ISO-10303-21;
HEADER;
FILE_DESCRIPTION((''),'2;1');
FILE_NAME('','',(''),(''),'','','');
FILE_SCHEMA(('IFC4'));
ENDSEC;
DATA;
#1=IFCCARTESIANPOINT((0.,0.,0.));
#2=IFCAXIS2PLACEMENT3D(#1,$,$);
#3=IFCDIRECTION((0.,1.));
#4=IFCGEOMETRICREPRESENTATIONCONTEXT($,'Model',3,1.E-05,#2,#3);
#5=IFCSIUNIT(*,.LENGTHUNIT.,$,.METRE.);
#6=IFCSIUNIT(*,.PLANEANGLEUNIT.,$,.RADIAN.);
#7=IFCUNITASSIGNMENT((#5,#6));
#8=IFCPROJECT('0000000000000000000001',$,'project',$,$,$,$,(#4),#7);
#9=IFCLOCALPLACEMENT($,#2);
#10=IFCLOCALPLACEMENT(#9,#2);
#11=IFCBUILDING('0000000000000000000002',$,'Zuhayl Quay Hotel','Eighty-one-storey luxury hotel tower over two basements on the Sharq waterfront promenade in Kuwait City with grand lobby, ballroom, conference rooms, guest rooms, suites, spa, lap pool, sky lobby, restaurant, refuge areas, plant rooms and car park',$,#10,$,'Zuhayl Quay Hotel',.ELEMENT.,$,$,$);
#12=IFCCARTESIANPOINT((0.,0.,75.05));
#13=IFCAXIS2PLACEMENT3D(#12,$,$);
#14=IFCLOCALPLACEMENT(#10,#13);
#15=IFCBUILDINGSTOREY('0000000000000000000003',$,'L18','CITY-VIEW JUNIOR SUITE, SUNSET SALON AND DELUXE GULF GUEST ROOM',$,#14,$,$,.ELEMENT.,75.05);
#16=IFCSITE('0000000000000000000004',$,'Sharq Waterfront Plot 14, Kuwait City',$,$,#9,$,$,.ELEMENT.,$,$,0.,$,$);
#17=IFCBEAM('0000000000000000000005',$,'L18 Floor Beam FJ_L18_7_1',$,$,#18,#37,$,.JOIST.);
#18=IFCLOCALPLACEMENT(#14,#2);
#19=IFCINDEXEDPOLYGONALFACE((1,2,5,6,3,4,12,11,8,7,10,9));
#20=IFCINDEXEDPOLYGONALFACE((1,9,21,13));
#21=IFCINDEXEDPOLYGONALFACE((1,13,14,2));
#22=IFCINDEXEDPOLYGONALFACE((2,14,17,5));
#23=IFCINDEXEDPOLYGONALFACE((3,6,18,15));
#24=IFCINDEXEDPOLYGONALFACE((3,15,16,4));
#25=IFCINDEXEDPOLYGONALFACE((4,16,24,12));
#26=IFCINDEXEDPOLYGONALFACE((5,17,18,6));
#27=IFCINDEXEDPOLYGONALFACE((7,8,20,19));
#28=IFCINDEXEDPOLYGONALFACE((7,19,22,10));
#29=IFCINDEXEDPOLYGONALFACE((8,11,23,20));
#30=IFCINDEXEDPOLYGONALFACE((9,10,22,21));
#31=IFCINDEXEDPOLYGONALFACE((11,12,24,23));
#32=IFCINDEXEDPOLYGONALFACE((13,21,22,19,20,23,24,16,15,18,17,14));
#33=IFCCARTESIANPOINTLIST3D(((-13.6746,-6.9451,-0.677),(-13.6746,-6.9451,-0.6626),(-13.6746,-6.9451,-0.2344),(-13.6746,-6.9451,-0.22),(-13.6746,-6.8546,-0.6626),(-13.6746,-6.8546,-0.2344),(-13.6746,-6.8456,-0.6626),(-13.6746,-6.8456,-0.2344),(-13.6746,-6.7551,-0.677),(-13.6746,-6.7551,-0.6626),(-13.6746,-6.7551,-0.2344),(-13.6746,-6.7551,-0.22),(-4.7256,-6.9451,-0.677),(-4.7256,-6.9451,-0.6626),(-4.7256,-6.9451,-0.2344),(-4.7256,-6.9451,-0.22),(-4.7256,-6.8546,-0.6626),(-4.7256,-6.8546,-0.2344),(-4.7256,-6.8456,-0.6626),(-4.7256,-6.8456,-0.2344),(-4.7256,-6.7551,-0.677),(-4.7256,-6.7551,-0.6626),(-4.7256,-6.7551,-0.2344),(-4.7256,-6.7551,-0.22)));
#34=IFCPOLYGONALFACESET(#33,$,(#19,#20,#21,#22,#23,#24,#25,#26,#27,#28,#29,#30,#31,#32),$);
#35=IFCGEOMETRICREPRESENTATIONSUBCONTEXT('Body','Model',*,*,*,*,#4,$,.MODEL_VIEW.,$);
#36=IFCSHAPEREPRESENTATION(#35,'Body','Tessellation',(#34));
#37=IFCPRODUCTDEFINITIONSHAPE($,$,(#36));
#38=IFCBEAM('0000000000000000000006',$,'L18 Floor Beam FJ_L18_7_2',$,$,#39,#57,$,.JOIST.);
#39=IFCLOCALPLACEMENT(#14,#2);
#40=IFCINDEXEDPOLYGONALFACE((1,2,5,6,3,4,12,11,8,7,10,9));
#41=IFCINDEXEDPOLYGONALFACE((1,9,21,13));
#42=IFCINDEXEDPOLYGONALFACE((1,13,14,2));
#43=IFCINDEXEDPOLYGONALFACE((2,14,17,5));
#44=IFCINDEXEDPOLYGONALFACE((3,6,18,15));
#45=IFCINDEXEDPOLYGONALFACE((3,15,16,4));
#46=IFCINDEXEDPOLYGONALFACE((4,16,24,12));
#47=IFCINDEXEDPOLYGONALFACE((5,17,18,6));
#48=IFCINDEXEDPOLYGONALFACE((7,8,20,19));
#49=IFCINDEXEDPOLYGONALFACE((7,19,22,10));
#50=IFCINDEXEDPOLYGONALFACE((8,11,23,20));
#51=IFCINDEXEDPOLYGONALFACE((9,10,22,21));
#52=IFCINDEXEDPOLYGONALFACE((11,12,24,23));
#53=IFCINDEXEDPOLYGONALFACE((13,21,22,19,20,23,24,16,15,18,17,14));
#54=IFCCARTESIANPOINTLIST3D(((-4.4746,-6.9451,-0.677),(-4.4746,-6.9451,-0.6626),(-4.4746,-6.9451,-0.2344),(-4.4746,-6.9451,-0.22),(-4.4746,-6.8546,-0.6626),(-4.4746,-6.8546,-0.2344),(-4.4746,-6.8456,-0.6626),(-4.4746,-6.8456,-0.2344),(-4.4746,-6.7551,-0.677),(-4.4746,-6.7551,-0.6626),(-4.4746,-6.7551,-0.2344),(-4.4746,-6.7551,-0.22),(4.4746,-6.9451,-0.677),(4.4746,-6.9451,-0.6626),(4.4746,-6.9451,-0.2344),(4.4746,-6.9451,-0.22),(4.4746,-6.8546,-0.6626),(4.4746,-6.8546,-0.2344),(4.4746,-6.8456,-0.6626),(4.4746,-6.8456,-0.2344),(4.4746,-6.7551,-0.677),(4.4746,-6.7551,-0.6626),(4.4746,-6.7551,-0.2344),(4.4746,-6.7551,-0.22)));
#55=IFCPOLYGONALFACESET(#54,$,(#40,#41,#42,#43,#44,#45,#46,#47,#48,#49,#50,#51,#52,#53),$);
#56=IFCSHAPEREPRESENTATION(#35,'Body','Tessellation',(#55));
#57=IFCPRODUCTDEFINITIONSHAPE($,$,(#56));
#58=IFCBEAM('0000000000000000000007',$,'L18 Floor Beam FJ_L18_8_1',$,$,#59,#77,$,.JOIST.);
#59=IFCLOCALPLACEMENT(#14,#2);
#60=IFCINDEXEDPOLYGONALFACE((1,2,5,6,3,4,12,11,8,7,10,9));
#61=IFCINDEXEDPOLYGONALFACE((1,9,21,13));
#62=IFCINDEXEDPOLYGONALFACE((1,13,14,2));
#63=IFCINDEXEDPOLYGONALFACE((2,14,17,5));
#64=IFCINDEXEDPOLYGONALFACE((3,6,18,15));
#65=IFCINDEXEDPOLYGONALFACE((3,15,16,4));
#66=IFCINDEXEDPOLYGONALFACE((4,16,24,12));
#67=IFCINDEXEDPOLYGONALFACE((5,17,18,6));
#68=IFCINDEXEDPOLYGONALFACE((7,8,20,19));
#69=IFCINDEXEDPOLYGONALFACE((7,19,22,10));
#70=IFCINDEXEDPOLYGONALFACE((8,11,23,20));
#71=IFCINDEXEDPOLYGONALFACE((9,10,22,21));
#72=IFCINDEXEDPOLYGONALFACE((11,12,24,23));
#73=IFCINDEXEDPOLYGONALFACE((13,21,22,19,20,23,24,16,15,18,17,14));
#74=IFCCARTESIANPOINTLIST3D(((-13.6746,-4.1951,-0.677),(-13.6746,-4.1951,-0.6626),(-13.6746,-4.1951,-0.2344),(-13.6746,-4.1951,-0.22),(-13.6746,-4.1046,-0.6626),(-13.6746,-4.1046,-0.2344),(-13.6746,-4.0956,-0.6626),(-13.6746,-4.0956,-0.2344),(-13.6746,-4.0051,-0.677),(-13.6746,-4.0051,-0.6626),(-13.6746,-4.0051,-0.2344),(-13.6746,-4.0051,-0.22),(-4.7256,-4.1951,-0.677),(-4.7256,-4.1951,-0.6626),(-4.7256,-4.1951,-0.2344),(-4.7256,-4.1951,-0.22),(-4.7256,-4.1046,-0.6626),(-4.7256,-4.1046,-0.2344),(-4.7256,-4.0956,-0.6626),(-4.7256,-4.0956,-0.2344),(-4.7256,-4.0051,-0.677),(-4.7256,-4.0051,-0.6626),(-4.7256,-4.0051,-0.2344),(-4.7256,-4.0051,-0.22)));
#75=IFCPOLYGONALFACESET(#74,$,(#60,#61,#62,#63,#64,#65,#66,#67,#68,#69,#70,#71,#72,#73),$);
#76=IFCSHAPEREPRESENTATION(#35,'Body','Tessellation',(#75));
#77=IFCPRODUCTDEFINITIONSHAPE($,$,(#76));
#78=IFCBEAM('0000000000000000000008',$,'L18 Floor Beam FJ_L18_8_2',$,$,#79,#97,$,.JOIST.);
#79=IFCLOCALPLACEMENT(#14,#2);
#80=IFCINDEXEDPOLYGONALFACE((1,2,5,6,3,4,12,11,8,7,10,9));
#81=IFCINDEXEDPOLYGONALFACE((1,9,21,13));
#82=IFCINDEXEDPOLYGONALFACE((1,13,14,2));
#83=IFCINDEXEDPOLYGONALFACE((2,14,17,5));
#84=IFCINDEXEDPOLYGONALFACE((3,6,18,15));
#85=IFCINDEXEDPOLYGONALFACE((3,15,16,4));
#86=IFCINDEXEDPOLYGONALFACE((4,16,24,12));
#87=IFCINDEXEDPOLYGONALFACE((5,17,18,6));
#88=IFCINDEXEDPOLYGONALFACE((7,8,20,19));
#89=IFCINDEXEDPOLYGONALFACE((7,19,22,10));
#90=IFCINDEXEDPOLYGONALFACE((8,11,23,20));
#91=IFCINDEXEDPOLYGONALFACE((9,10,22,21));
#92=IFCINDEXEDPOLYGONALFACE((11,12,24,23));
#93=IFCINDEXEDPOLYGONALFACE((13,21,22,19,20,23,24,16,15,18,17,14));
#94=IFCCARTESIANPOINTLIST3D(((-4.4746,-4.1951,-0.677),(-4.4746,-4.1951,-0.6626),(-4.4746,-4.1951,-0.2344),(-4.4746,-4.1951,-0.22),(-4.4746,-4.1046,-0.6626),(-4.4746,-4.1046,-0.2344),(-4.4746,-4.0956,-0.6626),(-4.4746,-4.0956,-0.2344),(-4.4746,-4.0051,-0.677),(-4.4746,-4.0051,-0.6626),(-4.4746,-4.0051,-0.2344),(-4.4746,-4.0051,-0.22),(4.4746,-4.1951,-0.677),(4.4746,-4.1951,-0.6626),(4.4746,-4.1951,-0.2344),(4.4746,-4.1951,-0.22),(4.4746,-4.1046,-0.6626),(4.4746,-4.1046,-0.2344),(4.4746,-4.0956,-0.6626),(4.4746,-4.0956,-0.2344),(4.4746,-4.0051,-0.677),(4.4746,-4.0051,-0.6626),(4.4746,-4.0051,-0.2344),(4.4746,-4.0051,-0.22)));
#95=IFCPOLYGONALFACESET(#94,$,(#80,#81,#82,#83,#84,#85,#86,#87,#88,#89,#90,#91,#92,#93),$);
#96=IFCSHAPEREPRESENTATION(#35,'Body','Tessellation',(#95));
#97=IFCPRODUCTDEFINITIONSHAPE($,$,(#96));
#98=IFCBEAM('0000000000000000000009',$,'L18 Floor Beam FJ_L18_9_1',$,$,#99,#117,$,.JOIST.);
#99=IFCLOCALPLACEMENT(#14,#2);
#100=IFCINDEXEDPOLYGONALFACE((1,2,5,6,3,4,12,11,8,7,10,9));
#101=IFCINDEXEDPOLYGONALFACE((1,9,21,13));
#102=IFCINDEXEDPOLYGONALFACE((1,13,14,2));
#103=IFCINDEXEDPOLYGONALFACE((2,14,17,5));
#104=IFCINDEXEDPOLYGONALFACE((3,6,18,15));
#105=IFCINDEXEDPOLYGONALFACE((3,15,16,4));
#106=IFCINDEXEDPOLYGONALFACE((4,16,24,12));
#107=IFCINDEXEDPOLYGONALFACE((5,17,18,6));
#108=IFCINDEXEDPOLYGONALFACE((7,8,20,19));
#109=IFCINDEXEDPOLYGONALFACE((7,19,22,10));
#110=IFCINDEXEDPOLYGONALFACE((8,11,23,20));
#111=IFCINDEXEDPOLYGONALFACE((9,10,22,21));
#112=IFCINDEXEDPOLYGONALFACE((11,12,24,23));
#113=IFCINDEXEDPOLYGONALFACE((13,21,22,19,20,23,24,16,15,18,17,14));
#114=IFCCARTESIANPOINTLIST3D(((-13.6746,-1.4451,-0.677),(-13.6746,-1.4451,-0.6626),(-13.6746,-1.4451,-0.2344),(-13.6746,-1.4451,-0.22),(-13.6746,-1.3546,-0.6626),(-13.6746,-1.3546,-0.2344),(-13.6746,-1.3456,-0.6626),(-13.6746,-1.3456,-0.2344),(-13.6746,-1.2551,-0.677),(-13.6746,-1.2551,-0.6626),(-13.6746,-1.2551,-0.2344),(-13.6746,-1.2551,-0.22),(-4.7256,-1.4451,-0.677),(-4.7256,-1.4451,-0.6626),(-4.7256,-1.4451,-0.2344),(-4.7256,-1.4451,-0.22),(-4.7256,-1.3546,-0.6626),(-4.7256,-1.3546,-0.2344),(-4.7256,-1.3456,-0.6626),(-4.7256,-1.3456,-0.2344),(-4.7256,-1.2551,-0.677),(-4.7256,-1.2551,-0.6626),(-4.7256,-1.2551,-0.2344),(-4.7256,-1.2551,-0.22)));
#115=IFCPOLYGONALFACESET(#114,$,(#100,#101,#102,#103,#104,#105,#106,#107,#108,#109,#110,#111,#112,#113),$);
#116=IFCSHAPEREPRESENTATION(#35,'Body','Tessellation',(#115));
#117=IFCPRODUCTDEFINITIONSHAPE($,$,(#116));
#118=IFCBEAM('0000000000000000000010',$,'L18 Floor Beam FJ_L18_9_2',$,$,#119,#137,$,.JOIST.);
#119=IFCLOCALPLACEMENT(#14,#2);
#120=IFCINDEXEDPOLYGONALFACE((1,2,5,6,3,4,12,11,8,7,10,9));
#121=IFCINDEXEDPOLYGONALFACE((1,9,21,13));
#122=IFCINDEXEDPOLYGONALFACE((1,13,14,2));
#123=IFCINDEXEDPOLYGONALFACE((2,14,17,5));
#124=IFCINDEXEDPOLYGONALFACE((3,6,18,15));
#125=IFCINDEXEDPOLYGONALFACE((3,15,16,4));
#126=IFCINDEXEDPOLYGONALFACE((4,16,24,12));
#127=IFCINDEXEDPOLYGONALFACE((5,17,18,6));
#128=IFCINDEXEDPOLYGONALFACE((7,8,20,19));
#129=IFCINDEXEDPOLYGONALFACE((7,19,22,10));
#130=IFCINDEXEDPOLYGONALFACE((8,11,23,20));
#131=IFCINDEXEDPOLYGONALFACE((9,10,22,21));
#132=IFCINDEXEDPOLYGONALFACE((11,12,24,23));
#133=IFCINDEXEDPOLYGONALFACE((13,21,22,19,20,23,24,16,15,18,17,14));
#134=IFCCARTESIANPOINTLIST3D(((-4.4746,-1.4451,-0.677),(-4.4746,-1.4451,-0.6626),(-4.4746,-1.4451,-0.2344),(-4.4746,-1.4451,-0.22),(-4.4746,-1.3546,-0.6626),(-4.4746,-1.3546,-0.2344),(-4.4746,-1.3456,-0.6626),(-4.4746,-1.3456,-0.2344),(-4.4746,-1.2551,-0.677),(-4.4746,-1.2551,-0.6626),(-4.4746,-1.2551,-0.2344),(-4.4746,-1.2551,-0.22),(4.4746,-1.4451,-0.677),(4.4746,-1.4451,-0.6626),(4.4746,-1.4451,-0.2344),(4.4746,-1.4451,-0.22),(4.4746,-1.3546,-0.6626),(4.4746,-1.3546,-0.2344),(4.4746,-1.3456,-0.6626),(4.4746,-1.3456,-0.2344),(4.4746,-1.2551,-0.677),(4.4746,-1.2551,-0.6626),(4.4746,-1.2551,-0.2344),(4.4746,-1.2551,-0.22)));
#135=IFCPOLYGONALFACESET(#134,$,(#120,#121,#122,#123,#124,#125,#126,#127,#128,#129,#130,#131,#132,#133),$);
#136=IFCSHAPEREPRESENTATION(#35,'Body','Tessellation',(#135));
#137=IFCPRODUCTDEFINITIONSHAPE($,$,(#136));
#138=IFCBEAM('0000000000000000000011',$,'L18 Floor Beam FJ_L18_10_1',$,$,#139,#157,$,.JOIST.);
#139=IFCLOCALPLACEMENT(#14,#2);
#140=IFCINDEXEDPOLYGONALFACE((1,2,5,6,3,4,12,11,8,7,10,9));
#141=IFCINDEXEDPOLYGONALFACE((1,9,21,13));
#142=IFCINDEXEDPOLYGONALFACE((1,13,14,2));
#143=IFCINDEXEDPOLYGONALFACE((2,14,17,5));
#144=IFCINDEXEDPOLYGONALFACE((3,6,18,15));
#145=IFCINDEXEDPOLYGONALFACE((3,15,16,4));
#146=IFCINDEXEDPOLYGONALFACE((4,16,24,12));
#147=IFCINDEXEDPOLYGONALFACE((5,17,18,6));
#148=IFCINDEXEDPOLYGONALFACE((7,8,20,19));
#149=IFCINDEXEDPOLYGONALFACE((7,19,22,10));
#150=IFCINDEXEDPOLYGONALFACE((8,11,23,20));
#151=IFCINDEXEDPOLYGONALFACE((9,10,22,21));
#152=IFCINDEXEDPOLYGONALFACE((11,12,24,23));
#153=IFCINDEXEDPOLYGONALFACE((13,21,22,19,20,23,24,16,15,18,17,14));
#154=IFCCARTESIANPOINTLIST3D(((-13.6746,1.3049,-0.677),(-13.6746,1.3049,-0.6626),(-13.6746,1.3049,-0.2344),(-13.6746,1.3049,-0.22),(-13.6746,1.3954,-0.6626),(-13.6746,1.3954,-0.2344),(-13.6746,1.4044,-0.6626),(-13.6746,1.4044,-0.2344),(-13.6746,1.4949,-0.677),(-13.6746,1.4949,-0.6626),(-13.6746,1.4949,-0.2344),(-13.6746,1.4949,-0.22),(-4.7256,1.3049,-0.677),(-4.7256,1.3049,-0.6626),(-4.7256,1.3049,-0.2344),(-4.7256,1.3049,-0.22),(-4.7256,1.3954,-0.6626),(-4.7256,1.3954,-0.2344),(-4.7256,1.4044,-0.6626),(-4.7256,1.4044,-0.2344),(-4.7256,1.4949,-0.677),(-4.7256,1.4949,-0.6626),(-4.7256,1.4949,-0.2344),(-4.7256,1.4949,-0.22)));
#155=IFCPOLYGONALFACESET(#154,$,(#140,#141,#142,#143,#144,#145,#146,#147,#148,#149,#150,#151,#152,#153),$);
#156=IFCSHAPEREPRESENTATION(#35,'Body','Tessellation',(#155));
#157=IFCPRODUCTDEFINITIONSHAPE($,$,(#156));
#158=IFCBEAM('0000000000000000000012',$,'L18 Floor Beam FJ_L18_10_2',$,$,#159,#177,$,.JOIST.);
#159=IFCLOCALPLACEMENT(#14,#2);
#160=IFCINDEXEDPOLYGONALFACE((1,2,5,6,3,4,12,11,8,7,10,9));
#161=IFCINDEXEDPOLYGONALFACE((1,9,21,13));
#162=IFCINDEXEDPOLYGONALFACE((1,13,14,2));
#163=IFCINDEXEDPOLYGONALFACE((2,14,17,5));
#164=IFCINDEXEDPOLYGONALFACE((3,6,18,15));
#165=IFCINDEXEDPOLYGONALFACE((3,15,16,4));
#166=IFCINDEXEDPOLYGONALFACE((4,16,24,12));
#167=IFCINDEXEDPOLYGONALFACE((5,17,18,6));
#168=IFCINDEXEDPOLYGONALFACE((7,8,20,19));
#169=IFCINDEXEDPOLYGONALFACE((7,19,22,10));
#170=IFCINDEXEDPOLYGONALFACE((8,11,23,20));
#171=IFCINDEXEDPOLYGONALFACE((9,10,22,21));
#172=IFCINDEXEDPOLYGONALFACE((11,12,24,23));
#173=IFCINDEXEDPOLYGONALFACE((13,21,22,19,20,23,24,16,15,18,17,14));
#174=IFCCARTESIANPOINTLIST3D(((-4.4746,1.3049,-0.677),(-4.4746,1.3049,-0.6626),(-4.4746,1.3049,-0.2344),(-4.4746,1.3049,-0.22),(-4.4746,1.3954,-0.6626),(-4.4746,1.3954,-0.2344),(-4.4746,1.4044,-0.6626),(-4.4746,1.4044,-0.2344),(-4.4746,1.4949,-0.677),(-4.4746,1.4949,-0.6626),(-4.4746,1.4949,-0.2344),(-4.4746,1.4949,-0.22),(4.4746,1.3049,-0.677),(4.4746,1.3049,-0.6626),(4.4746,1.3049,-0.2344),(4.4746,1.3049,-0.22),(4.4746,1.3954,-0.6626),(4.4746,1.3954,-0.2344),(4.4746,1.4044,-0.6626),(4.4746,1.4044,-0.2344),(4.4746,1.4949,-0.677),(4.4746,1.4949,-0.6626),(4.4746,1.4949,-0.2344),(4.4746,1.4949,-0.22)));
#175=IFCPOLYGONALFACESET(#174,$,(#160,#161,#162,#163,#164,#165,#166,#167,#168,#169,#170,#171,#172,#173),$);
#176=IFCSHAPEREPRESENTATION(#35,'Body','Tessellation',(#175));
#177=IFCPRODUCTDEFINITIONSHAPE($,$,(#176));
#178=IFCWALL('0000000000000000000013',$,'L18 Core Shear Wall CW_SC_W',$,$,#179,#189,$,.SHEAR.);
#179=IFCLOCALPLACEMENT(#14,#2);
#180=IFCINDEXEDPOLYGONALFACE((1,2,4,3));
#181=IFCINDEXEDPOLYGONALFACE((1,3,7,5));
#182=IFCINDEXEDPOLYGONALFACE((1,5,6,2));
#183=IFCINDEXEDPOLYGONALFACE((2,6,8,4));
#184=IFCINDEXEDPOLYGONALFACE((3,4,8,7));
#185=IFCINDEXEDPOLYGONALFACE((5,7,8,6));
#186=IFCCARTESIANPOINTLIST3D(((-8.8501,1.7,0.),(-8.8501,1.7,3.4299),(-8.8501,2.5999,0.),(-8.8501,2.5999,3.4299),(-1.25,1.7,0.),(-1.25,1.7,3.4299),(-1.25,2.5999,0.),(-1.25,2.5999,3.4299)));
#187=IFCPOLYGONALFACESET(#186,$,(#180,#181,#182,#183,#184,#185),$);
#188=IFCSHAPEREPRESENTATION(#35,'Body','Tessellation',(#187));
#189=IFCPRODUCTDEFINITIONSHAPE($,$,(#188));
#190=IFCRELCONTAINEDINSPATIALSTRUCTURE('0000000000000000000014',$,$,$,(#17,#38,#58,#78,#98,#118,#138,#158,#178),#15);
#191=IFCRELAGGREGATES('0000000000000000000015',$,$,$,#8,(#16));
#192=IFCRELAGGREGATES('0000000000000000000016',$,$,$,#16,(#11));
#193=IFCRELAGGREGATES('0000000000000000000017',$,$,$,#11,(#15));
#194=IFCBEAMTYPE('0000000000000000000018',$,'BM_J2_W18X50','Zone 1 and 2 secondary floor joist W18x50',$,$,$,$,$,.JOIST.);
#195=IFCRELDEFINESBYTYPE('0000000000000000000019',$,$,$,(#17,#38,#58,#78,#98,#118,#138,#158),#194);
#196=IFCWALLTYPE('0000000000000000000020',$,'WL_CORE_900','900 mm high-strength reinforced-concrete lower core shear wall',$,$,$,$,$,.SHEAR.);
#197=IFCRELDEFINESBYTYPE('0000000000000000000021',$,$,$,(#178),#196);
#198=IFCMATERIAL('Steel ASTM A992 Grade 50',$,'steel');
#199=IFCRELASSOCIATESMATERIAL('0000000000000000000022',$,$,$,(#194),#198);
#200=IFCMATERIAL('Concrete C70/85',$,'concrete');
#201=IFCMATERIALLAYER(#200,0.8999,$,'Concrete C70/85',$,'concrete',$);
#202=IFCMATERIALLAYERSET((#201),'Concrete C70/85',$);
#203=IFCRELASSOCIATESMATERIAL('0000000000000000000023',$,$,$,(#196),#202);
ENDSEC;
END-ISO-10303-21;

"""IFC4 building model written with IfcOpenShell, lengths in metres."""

from ifc_helpers import new_model, si_unit, direction, frame, frame_2d, origin, origin_2d, place, context, subcontext, project, spatial, rectangle, i_section, extrude, material, layer, layer_set, material_profile, profile_set, type_object, element, save


model = new_model("IFC4")

# Units and contexts
model_context = context("Model", 3, precision=1e-05, world=origin(), true_north=direction((0.0, 1.0)))
body_context = subcontext(model_context, "Body", "Model", "MODEL_VIEW")
ifc_project = project(units=[si_unit("LENGTHUNIT", "METRE"), si_unit("PLANEANGLEUNIT", "RADIAN")], contexts=[model_context])

# Site, building, storey
site_placement = place(None, origin())
site = spatial("IfcSite", under=ifc_project, at=site_placement, Name="Sharq Waterfront Plot 14, Kuwait City", CompositionType="ELEMENT", RefElevation=0.0)
building_placement = place(site_placement, origin())
building = spatial("IfcBuilding", under=site, at=building_placement, Name="Zuhayl Quay Hotel", Description="Eighty-one-storey luxury hotel tower over two basements on the Sharq waterfront promenade in Kuwait City with grand lobby, ballroom, conference rooms, guest rooms, suites, spa, lap pool, sky lobby, restaurant, refuge areas, plant rooms and car park", LongName="Zuhayl Quay Hotel", CompositionType="ELEMENT")
storey_placement = place(building_placement, frame((0.0, 0.0, 75.05)))
storey = spatial("IfcBuildingStorey", under=building, at=storey_placement, Name="L18", Description="CITY-VIEW JUNIOR SUITE, SUNSET SALON AND DELUXE GULF GUEST ROOM", CompositionType="ELEMENT", Elevation=75.05)

# Shared definitions
ifc_material_1 = material(Name="Concrete C70/85", Category="concrete")

# Beams
ifc_material_2 = material(Name="Steel ASTM A992 Grade 50", Category="steel")
ifc_material_profile_1 = material_profile(ifc_material_2, i_section(OverallWidth=0.1899, OverallDepth=0.457, WebThickness=0.009, FlangeThickness=0.0144, at=origin_2d()), Name="W18X50")
ifc_profile_set_1 = profile_set([ifc_material_profile_1], Name="Steel ASTM A992 Grade 50")
beam_type_1 = type_object("IfcBeamType", Name="BM_J2_W18X50", Description="Zone 1 and 2 secondary floor joist W18x50", PredefinedType="JOIST", material=ifc_profile_set_1)
beam_1_placement = place(storey_placement, frame((-13.6746, -6.8501, -0.4485), z_axis=(1.0, 0.0, 0.0), x_axis=(0.0, 1.0, 0.0)))
element("IfcBeam", 1, at=beam_1_placement, inside=storey, type_object=beam_type_1, Name="L18 Floor Beam FJ_L18_7_1", PredefinedType="JOIST", context=body_context, shape_type="SweptSolid", body=[
    extrude(i_section(OverallWidth=0.1899, OverallDepth=0.457, WebThickness=0.009, FlangeThickness=0.0144, at=origin_2d()), origin(), (0.0, 0.0, 1.0), 8.949),
])
beam_2_placement = place(storey_placement, frame((-4.4746, -6.8501, -0.4485), z_axis=(1.0, 0.0, 0.0), x_axis=(0.0, 1.0, 0.0)))
element("IfcBeam", 2, at=beam_2_placement, inside=storey, type_object=beam_type_1, Name="L18 Floor Beam FJ_L18_7_2", PredefinedType="JOIST", context=body_context, shape_type="SweptSolid", body=[
    extrude(i_section(OverallWidth=0.1899, OverallDepth=0.457, WebThickness=0.009, FlangeThickness=0.0144, at=origin_2d()), origin(), (0.0, 0.0, 1.0), 8.9492),
])
beam_3_placement = place(storey_placement, frame((-13.6746, -4.1001, -0.4485), z_axis=(1.0, 0.0, 0.0), x_axis=(0.0, 1.0, 0.0)))
element("IfcBeam", 3, at=beam_3_placement, inside=storey, type_object=beam_type_1, Name="L18 Floor Beam FJ_L18_8_1", PredefinedType="JOIST", context=body_context, shape_type="SweptSolid", body=[
    extrude(i_section(OverallWidth=0.1899, OverallDepth=0.457, WebThickness=0.009, FlangeThickness=0.0144, at=origin_2d()), origin(), (0.0, 0.0, 1.0), 8.949),
])
beam_4_placement = place(storey_placement, frame((-4.4746, -4.1001, -0.4485), z_axis=(1.0, 0.0, 0.0), x_axis=(0.0, 1.0, 0.0)))
element("IfcBeam", 4, at=beam_4_placement, inside=storey, type_object=beam_type_1, Name="L18 Floor Beam FJ_L18_8_2", PredefinedType="JOIST", context=body_context, shape_type="SweptSolid", body=[
    extrude(i_section(OverallWidth=0.1899, OverallDepth=0.457, WebThickness=0.009, FlangeThickness=0.0144, at=origin_2d()), origin(), (0.0, 0.0, 1.0), 8.9492),
])
beam_5_placement = place(storey_placement, frame((-13.6746, -1.3501, -0.4485), z_axis=(1.0, 0.0, 0.0), x_axis=(0.0, 1.0, 0.0)))
element("IfcBeam", 5, at=beam_5_placement, inside=storey, type_object=beam_type_1, Name="L18 Floor Beam FJ_L18_9_1", PredefinedType="JOIST", context=body_context, shape_type="SweptSolid", body=[
    extrude(i_section(OverallWidth=0.1899, OverallDepth=0.457, WebThickness=0.009, FlangeThickness=0.0144, at=origin_2d()), origin(), (0.0, 0.0, 1.0), 8.949),
])
beam_6_placement = place(storey_placement, frame((-4.4746, -1.3501, -0.4485), z_axis=(1.0, 0.0, 0.0), x_axis=(0.0, 1.0, 0.0)))
element("IfcBeam", 6, at=beam_6_placement, inside=storey, type_object=beam_type_1, Name="L18 Floor Beam FJ_L18_9_2", PredefinedType="JOIST", context=body_context, shape_type="SweptSolid", body=[
    extrude(i_section(OverallWidth=0.1899, OverallDepth=0.457, WebThickness=0.009, FlangeThickness=0.0144, at=origin_2d()), origin(), (0.0, 0.0, 1.0), 8.9492),
])
beam_7_placement = place(storey_placement, frame((-13.6746, 1.3999, -0.4485), z_axis=(1.0, 0.0, 0.0), x_axis=(0.0, 1.0, 0.0)))
element("IfcBeam", 7, at=beam_7_placement, inside=storey, type_object=beam_type_1, Name="L18 Floor Beam FJ_L18_10_1", PredefinedType="JOIST", context=body_context, shape_type="SweptSolid", body=[
    extrude(i_section(OverallWidth=0.1899, OverallDepth=0.457, WebThickness=0.009, FlangeThickness=0.0144, at=origin_2d()), origin(), (0.0, 0.0, 1.0), 8.949),
])
beam_8_placement = place(storey_placement, frame((-4.4746, 1.3999, -0.4485), z_axis=(1.0, 0.0, 0.0), x_axis=(0.0, 1.0, 0.0)))
element("IfcBeam", 8, at=beam_8_placement, inside=storey, type_object=beam_type_1, Name="L18 Floor Beam FJ_L18_10_2", PredefinedType="JOIST", context=body_context, shape_type="SweptSolid", body=[
    extrude(i_section(OverallWidth=0.1899, OverallDepth=0.457, WebThickness=0.009, FlangeThickness=0.0144, at=origin_2d()), origin(), (0.0, 0.0, 1.0), 8.9492),
])

# Wall
ifc_layer_1 = layer(ifc_material_1, 0.8999, Name="Concrete C70/85", Category="concrete")
ifc_layer_set_1 = layer_set([ifc_layer_1], Name="Concrete C70/85")
wall_type_1 = type_object("IfcWallType", Name="WL_CORE_900", Description="900 mm high-strength reinforced-concrete lower core shear wall", PredefinedType="SHEAR", material=ifc_layer_set_1)
wall_1_placement = place(storey_placement, frame((-8.8501, 2.1499, 0.0), z_axis=(0.0, 0.0, 1.0), x_axis=(1.0, 0.0, 0.0)))
element("IfcWall", 9, at=wall_1_placement, inside=storey, type_object=wall_type_1, Name="L18 Core Shear Wall CW_SC_W", PredefinedType="SHEAR", context=body_context, shape_type="SweptSolid", body=[
    extrude(rectangle(XDim=7.6001, YDim=0.8999, at=frame_2d((3.8, 0.0))), origin(), (0.0, 0.0, 1.0), 3.4299),
])

save(model, "model.ifc")
